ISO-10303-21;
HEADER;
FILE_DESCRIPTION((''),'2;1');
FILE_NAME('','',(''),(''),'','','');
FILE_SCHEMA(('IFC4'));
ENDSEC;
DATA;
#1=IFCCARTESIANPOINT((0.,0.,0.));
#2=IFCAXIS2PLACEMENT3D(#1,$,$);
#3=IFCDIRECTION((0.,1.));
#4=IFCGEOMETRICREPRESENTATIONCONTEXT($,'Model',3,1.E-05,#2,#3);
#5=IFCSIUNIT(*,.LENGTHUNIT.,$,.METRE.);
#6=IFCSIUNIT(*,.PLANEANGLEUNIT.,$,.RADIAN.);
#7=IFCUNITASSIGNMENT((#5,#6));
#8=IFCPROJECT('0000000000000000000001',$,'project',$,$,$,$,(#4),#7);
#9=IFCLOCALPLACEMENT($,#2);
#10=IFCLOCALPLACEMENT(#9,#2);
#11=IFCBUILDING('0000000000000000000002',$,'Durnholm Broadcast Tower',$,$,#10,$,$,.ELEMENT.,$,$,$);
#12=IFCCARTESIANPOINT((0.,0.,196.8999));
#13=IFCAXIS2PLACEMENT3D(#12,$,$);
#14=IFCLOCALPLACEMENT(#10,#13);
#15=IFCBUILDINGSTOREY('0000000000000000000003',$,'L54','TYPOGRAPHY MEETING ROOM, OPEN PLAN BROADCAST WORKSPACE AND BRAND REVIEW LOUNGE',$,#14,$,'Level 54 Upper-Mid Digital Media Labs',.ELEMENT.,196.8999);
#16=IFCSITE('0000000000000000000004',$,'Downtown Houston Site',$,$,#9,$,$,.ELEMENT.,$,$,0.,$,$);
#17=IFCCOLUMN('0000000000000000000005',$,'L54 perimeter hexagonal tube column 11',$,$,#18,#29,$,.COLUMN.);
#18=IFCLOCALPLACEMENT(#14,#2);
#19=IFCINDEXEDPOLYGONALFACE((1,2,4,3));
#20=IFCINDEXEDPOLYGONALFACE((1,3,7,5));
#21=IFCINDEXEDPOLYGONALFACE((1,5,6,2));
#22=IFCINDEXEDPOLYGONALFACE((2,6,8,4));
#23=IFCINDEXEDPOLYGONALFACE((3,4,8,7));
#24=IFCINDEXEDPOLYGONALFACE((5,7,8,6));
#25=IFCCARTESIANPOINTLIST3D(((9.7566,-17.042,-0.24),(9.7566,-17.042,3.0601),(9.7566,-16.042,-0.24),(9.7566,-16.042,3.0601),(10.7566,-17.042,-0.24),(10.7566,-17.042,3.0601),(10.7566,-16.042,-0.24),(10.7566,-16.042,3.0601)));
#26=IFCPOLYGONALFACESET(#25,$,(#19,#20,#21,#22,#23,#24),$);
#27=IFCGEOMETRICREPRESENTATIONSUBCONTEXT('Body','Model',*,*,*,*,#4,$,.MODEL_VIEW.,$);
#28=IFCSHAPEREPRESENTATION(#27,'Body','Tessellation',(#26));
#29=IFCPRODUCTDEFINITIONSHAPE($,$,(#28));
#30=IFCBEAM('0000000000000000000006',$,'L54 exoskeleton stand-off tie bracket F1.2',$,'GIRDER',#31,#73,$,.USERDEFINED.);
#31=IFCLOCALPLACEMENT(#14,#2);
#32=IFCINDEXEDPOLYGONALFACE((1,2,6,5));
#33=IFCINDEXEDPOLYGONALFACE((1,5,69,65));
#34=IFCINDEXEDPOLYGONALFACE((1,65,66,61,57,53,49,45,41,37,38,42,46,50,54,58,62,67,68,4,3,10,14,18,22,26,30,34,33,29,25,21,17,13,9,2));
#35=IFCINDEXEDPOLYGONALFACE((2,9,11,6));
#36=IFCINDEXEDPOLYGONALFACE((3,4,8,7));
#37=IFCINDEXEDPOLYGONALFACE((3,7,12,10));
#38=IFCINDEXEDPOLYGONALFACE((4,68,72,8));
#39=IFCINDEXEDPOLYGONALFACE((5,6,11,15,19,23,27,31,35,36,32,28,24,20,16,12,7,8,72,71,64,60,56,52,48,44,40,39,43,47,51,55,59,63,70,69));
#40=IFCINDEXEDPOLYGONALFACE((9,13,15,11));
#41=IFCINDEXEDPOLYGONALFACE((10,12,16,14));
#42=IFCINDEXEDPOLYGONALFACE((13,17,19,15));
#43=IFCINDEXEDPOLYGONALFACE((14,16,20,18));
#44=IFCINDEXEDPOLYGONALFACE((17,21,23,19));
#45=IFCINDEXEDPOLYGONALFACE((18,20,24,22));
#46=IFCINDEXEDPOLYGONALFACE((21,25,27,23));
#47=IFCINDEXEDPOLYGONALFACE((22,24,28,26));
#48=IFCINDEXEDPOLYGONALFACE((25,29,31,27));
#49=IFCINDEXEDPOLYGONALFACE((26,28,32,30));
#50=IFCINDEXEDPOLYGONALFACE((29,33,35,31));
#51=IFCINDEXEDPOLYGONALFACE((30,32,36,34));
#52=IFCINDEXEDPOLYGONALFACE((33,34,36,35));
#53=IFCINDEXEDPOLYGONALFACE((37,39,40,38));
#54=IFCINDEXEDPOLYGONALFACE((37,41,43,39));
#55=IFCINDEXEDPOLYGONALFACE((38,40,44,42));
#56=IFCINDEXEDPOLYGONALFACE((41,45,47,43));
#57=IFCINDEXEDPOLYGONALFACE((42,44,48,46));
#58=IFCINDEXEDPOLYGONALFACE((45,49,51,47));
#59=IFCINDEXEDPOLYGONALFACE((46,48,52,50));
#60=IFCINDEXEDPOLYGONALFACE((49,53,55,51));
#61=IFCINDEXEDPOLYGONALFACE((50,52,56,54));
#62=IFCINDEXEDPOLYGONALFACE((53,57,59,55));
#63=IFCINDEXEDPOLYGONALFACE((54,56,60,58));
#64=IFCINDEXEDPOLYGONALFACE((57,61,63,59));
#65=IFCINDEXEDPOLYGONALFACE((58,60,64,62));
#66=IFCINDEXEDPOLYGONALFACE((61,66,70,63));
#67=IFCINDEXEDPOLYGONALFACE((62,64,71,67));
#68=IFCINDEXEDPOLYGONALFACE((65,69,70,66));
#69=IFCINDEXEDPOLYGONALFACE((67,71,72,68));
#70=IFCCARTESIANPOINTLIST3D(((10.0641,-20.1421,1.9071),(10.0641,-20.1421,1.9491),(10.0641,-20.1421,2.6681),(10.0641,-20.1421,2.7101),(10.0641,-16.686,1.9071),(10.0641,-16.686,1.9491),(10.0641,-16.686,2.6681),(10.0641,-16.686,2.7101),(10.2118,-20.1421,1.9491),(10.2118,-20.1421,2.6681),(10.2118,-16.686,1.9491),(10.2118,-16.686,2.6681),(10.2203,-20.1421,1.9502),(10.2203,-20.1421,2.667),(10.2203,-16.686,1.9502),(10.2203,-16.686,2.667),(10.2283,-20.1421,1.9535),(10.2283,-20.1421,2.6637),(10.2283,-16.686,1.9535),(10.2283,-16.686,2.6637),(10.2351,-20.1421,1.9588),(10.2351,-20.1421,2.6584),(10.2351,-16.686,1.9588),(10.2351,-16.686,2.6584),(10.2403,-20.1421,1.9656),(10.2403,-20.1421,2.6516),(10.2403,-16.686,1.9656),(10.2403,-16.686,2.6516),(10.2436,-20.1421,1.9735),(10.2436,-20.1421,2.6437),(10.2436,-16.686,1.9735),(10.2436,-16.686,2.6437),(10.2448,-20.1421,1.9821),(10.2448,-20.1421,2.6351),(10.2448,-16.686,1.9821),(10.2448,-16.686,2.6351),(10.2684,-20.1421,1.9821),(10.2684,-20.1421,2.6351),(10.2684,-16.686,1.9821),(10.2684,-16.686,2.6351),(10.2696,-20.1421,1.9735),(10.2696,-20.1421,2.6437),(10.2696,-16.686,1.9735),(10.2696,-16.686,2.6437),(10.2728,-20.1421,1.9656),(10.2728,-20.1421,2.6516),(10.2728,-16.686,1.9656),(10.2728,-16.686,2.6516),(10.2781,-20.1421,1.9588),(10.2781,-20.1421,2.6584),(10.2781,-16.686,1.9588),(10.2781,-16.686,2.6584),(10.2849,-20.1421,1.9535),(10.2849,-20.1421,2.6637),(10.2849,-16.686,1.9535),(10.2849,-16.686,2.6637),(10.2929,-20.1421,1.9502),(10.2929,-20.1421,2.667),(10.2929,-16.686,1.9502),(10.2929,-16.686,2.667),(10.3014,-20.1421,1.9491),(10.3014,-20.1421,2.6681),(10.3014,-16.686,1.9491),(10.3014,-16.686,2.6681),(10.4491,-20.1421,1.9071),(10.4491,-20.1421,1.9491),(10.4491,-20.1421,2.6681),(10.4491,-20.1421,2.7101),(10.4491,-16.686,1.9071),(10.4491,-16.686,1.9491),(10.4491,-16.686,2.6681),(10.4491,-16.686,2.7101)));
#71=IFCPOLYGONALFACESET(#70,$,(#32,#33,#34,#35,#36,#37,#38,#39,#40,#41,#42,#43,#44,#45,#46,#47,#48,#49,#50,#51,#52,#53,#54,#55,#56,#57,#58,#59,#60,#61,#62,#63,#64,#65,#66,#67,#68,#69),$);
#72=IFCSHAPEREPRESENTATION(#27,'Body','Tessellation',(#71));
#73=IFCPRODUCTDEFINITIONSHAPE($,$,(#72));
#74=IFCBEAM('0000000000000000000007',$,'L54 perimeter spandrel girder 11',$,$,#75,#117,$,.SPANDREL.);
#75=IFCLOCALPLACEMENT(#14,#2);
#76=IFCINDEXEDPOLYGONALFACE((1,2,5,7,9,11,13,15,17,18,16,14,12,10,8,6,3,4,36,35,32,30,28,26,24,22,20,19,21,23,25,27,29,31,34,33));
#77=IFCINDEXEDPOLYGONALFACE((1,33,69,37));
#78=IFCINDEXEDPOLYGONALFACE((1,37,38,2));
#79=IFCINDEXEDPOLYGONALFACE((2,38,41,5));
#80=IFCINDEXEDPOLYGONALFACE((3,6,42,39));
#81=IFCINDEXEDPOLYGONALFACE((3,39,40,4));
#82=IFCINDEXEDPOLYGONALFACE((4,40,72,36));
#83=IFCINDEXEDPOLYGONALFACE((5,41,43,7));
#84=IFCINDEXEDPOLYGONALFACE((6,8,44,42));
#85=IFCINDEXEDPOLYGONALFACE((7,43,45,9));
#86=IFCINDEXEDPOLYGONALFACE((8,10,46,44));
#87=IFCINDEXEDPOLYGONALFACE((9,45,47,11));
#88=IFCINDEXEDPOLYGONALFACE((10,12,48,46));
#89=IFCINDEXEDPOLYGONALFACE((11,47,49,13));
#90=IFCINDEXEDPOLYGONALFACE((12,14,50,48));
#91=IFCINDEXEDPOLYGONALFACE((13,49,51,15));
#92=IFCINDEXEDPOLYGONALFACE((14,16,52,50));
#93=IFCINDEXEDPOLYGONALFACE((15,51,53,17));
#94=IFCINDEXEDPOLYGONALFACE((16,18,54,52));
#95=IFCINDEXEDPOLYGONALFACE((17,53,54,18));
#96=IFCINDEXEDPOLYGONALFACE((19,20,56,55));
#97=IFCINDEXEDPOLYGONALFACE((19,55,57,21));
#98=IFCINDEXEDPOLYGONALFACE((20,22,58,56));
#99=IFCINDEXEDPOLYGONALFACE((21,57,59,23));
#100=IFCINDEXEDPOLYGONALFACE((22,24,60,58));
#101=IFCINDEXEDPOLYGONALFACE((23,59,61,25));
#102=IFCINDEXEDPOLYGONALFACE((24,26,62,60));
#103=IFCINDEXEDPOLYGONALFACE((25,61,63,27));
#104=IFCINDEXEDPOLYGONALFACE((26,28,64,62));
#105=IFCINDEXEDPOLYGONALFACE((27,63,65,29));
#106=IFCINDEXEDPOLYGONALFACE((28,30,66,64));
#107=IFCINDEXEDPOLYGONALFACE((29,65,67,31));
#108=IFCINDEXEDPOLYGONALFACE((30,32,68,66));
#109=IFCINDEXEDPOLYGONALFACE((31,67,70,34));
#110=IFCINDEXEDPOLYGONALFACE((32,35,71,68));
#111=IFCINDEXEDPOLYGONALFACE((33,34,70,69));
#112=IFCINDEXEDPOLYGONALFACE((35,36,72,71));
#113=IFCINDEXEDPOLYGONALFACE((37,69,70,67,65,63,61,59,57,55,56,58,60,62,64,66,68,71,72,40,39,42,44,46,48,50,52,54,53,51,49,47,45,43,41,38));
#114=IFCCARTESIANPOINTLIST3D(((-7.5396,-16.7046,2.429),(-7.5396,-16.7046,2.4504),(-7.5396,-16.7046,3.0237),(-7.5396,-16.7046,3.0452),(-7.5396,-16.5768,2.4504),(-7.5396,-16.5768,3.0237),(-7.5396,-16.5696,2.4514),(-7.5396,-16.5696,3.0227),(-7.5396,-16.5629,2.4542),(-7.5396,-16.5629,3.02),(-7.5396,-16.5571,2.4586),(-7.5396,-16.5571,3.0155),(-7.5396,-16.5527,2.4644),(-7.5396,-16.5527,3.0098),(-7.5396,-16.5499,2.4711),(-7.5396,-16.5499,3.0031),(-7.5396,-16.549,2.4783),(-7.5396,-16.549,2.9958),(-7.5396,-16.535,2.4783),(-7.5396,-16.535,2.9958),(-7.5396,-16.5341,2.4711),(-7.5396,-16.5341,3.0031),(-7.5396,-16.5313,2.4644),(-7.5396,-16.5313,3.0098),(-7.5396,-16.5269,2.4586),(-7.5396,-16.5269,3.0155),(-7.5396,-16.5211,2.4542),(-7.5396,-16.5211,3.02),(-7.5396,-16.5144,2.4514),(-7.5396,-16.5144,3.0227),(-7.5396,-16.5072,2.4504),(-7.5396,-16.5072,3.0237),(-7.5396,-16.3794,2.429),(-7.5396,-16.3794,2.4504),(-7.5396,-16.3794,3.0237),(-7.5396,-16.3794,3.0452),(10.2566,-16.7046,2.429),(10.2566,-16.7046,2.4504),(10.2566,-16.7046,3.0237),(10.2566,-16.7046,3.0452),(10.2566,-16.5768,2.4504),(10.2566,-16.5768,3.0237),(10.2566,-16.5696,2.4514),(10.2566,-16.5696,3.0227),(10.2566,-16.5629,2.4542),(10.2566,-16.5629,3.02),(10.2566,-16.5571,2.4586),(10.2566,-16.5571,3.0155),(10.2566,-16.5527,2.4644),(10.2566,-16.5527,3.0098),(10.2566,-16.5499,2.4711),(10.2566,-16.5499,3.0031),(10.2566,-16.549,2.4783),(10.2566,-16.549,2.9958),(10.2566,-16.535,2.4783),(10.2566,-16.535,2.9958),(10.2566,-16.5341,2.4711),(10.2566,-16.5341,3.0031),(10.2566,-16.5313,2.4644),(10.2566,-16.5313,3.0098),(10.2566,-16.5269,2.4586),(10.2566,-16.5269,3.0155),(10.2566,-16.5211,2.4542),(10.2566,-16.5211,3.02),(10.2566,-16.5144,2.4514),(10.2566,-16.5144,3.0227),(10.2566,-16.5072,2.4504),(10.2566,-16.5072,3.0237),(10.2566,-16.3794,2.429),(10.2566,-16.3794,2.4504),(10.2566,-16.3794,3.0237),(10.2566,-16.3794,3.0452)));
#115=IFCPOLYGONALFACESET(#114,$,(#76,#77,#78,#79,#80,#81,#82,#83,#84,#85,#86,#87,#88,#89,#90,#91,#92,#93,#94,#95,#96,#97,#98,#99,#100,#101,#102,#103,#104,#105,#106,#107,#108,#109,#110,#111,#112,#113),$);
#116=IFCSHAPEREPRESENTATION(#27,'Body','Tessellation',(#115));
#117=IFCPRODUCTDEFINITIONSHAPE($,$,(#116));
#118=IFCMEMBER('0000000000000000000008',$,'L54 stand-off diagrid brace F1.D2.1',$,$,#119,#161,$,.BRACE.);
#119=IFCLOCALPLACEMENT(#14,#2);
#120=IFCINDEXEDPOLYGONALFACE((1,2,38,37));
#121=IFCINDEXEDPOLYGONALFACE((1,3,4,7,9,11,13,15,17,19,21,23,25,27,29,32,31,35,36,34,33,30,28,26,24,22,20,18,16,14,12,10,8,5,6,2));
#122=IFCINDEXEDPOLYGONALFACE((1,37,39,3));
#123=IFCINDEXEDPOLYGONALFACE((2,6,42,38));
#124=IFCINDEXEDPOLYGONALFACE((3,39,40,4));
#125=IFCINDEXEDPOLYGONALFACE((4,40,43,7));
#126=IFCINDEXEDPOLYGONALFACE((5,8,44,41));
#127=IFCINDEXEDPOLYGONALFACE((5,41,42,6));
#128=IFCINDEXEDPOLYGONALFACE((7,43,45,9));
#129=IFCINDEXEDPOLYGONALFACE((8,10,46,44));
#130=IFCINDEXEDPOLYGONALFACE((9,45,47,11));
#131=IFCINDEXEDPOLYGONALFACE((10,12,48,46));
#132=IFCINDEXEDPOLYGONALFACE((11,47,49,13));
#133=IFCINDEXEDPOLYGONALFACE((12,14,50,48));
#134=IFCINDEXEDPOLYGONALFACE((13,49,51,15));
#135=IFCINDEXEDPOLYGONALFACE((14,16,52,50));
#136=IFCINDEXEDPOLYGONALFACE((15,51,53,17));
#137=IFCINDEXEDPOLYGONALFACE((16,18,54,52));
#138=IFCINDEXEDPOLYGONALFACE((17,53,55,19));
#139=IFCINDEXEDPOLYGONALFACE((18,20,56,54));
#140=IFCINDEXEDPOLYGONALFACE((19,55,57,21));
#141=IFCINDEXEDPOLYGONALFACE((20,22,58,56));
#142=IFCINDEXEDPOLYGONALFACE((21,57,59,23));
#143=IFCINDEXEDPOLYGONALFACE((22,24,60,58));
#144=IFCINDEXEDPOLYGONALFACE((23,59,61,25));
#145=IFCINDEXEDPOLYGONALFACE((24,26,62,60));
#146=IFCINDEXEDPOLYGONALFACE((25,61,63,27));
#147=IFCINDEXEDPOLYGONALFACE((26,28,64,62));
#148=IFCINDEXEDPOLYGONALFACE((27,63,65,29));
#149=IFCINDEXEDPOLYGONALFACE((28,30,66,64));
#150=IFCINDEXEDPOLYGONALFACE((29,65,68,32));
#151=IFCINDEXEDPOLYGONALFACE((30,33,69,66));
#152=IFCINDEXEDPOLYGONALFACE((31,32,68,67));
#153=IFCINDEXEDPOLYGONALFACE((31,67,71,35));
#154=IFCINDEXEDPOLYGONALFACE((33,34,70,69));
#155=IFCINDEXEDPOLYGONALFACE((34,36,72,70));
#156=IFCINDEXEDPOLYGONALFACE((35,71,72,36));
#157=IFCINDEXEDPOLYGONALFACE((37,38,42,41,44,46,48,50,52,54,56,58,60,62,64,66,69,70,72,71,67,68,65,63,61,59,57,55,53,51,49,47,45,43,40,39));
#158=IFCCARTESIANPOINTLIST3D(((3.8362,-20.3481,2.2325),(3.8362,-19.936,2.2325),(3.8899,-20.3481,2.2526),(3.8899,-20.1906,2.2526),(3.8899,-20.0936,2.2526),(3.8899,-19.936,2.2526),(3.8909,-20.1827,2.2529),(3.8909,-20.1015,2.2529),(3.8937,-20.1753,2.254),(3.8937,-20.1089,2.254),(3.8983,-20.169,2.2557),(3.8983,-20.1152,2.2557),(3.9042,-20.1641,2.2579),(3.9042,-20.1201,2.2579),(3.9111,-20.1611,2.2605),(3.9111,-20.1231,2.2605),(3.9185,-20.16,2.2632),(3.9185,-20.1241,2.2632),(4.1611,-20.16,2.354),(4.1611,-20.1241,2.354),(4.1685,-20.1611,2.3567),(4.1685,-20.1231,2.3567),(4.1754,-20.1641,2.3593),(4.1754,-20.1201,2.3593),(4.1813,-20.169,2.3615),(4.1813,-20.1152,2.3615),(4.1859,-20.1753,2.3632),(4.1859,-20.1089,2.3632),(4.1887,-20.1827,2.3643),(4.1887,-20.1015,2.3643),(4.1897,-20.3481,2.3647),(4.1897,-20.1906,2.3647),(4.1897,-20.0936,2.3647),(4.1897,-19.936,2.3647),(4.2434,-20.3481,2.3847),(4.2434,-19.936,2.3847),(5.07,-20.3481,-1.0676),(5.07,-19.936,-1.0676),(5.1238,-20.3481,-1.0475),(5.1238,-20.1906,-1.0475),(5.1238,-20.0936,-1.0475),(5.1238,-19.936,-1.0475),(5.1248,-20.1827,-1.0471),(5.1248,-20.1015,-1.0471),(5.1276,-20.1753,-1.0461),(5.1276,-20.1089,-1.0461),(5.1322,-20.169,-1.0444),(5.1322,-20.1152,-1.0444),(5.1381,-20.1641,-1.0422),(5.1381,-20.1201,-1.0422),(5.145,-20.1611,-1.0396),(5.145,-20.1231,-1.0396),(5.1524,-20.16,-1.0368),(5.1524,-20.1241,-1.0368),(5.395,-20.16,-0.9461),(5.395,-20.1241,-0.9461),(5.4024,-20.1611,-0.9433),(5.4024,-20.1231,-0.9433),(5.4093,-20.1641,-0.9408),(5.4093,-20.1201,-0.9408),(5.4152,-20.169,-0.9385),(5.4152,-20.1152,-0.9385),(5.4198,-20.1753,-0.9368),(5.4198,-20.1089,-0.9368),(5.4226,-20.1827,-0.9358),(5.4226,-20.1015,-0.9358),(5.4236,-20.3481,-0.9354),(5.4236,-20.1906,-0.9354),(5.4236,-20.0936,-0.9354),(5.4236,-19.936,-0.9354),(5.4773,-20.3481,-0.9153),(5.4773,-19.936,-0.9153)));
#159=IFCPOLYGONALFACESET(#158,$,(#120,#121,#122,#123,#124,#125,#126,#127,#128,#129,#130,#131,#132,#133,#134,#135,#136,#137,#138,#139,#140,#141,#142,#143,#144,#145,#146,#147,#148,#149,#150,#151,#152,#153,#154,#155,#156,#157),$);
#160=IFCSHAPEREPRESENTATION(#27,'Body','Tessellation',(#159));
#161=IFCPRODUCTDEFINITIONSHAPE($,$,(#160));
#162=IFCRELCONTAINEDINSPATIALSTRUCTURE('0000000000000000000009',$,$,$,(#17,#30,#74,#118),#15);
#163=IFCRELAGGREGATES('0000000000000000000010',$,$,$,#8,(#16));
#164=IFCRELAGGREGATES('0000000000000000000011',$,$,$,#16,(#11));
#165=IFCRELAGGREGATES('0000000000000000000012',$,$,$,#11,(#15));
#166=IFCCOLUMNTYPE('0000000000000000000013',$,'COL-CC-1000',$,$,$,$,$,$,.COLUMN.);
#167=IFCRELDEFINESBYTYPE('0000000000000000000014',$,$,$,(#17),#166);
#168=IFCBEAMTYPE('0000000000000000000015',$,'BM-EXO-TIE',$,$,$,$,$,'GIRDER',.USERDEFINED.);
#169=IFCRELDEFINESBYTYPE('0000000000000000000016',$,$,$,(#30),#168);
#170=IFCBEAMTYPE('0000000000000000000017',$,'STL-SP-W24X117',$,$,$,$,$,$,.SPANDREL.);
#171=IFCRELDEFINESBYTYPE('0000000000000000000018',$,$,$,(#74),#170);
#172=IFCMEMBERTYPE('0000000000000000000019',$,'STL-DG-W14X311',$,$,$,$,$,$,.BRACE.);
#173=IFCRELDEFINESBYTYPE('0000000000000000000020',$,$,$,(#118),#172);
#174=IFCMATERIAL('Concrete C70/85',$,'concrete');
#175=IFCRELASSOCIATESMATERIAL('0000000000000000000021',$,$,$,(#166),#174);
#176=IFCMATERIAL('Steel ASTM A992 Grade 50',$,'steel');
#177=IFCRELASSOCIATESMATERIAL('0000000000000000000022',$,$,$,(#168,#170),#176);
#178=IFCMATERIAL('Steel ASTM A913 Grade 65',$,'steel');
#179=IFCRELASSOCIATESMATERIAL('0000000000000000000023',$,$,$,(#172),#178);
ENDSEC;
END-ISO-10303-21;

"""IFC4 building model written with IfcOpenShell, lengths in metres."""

from ifc_helpers import new_model, si_unit, direction, frame, origin, origin_2d, place, context, subcontext, project, spatial, rectangle, i_section, extrude, source, transform, mapped, material, material_profile, profile_set, type_object, type_shapes, element, save


model = new_model("IFC4")

# Units and contexts
model_context = context("Model", 3, precision=1e-05, world=origin(), true_north=direction((0.0, 1.0)))
body_context = subcontext(model_context, "Body", "Model", "MODEL_VIEW")
ifc_project = project(units=[si_unit("LENGTHUNIT", "METRE"), si_unit("PLANEANGLEUNIT", "RADIAN")], contexts=[model_context])

# Site, building, storey
site_placement = place(None, origin())
site = spatial("IfcSite", under=ifc_project, at=site_placement, Name="Downtown Houston Site", CompositionType="ELEMENT", RefElevation=0.0)
building_placement = place(site_placement, origin())
building = spatial("IfcBuilding", under=site, at=building_placement, Name="Durnholm Broadcast Tower", CompositionType="ELEMENT")
storey_placement = place(building_placement, frame((0.0, 0.0, 196.8999)))
storey = spatial("IfcBuildingStorey", under=building, at=storey_placement, Name="L54", Description="TYPOGRAPHY MEETING ROOM, OPEN PLAN BROADCAST WORKSPACE AND BRAND REVIEW LOUNGE", LongName="Level 54 Upper-Mid Digital Media Labs", CompositionType="ELEMENT", Elevation=196.8999)

# Column
ifc_material_1 = material(Name="Concrete C70/85", Category="concrete")
ifc_material_profile_1 = material_profile(ifc_material_1, rectangle(XDim=1.0, YDim=1.0, at=origin_2d()), Name="RC1000X1000")
ifc_profile_set_1 = profile_set([ifc_material_profile_1], Name="Concrete C70/85")
column_type = type_object("IfcColumnType", Name="COL-CC-1000", PredefinedType="COLUMN", material=ifc_profile_set_1)
shared_shape_1 = source(origin(), body_context, "Body", "SweptSolid", [
    extrude(rectangle(XDim=1.0, YDim=1.0, at=origin_2d()), origin(), (0.0, 0.0, 1.0), 3.3),
])
type_shapes(column_type, [shared_shape_1])
column_placement = place(storey_placement, frame((10.2566, -16.542, -0.24), z_axis=(0.0, 0.0, 1.0), x_axis=(1.0, 0.0, 0.0)))
element("IfcColumn", 1, at=column_placement, inside=storey, type_object=column_type, Name="L54 perimeter hexagonal tube column 11", PredefinedType="COLUMN", context=body_context, shape_type="MappedRepresentation", body=[
    mapped(shared_shape_1, transform((0.0, 0.0, 0.0), x_axis=(1.0, 0.0, 0.0), y_axis=(0.0, 1.0, 0.0), z_axis=(0.0, 0.0, 1.0), scale=1.0)),
])

# Beams
ifc_material_2 = material(Name="Steel ASTM A992 Grade 50", Category="steel")
ifc_material_profile_2 = material_profile(ifc_material_2, i_section(OverallWidth=0.385, OverallDepth=0.803, WebThickness=0.0237, FlangeThickness=0.042, FilletRadius=0.033, at=origin_2d()), Name="W30X261")
ifc_profile_set_2 = profile_set([ifc_material_profile_2], Name="Steel ASTM A992 Grade 50")
beam_type_1 = type_object("IfcBeamType", Name="BM-EXO-TIE", ElementType="GIRDER", PredefinedType="USERDEFINED", material=ifc_profile_set_2)
shared_shape_2 = source(origin(), body_context, "Body", "SweptSolid", [
    extrude(i_section(OverallWidth=0.385, OverallDepth=0.803, WebThickness=0.0237, FlangeThickness=0.042, FilletRadius=0.033, at=origin_2d()), origin(), (0.0, 0.0, 1.0), 3.4561),
])
type_shapes(beam_type_1, [shared_shape_2])
beam_1_placement = place(storey_placement, frame((10.2566, -16.686, 2.3086), z_axis=(0.0, -1.0, 0.0), x_axis=(1.0, 0.0, 0.0)))
element("IfcBeam", 2, at=beam_1_placement, inside=storey, type_object=beam_type_1, Name="L54 exoskeleton stand-off tie bracket F1.2", ObjectType="GIRDER", PredefinedType="USERDEFINED", context=body_context, shape_type="MappedRepresentation", body=[
    mapped(shared_shape_2, transform((0.0, 0.0, 0.0), x_axis=(1.0, 0.0, 0.0), y_axis=(0.0, 1.0, 0.0), z_axis=(0.0, 0.0, 1.0), scale=1.0)),
])
ifc_material_profile_3 = material_profile(ifc_material_2, i_section(OverallWidth=0.3252, OverallDepth=0.6162, WebThickness=0.0139, FlangeThickness=0.0215, FilletRadius=0.0278, at=origin_2d()), Name="W24X117")
ifc_profile_set_3 = profile_set([ifc_material_profile_3], Name="Steel ASTM A992 Grade 50")
beam_type_2 = type_object("IfcBeamType", Name="STL-SP-W24X117", PredefinedType="SPANDREL", material=ifc_profile_set_3)
shared_shape_3 = source(origin(), body_context, "Body", "SweptSolid", [
    extrude(i_section(OverallWidth=0.3252, OverallDepth=0.6162, WebThickness=0.0139, FlangeThickness=0.0215, FilletRadius=0.0278, at=origin_2d()), origin(), (0.0, 0.0, 1.0), 17.7961),
])
type_shapes(beam_type_2, [shared_shape_3])
beam_2_placement = place(storey_placement, frame((10.2566, -16.542, 2.7371), z_axis=(-1.0, 0.0, 0.0), x_axis=(0.0, -1.0, 0.0)))
element("IfcBeam", 3, at=beam_2_placement, inside=storey, type_object=beam_type_2, Name="L54 perimeter spandrel girder 11", PredefinedType="SPANDREL", context=body_context, shape_type="MappedRepresentation", body=[
    mapped(shared_shape_3, transform((0.0, 0.0, 0.0), x_axis=(1.0, 0.0, 0.0), y_axis=(0.0, 1.0, 0.0), z_axis=(0.0, 0.0, 1.0), scale=1.0)),
])

# Member
ifc_material_3 = material(Name="Steel ASTM A913 Grade 65", Category="steel")
ifc_material_profile_4 = material_profile(ifc_material_3, i_section(OverallWidth=0.4121, OverallDepth=0.4348, WebThickness=0.0359, FlangeThickness=0.0574, FilletRadius=0.0305, at=origin_2d()), Name="W14X311")
ifc_profile_set_4 = profile_set([ifc_material_profile_4], Name="Steel ASTM A913 Grade 65")
member_type_1 = type_object("IfcMemberType", Name="STL-DG-W14X311", PredefinedType="BRACE", material=ifc_profile_set_4)
shared_shape_4 = source(origin(), body_context, "Body", "SweptSolid", [
    extrude(i_section(OverallWidth=0.4121, OverallDepth=0.4348, WebThickness=0.0359, FlangeThickness=0.0574, FilletRadius=0.0305, at=origin_2d()), origin(), (0.0, 0.0, 1.0), 3.5232),
])
type_shapes(member_type_1, [shared_shape_4])
for number, where, z_axis, x_axis, name in (
    (4, (5.2737, -20.1421, -0.9915), (-0.35022, 0.0, 0.936668), (0.0, -1.0, 0.0), "L54 stand-off diagrid brace F1.D2.1"),
):
    element("IfcMember", number, at=place(storey_placement, frame(where, z_axis=z_axis, x_axis=x_axis)), inside=storey, type_object=member_type_1, Name=name, PredefinedType="BRACE", context=body_context, shape_type="MappedRepresentation", body=[
        mapped(shared_shape_4, transform((0.0, 0.0, 0.0), x_axis=(1.0, 0.0, 0.0), y_axis=(0.0, 1.0, 0.0), z_axis=(0.0, 0.0, 1.0), scale=1.0)),
    ])

save(model, "model.ifc")
